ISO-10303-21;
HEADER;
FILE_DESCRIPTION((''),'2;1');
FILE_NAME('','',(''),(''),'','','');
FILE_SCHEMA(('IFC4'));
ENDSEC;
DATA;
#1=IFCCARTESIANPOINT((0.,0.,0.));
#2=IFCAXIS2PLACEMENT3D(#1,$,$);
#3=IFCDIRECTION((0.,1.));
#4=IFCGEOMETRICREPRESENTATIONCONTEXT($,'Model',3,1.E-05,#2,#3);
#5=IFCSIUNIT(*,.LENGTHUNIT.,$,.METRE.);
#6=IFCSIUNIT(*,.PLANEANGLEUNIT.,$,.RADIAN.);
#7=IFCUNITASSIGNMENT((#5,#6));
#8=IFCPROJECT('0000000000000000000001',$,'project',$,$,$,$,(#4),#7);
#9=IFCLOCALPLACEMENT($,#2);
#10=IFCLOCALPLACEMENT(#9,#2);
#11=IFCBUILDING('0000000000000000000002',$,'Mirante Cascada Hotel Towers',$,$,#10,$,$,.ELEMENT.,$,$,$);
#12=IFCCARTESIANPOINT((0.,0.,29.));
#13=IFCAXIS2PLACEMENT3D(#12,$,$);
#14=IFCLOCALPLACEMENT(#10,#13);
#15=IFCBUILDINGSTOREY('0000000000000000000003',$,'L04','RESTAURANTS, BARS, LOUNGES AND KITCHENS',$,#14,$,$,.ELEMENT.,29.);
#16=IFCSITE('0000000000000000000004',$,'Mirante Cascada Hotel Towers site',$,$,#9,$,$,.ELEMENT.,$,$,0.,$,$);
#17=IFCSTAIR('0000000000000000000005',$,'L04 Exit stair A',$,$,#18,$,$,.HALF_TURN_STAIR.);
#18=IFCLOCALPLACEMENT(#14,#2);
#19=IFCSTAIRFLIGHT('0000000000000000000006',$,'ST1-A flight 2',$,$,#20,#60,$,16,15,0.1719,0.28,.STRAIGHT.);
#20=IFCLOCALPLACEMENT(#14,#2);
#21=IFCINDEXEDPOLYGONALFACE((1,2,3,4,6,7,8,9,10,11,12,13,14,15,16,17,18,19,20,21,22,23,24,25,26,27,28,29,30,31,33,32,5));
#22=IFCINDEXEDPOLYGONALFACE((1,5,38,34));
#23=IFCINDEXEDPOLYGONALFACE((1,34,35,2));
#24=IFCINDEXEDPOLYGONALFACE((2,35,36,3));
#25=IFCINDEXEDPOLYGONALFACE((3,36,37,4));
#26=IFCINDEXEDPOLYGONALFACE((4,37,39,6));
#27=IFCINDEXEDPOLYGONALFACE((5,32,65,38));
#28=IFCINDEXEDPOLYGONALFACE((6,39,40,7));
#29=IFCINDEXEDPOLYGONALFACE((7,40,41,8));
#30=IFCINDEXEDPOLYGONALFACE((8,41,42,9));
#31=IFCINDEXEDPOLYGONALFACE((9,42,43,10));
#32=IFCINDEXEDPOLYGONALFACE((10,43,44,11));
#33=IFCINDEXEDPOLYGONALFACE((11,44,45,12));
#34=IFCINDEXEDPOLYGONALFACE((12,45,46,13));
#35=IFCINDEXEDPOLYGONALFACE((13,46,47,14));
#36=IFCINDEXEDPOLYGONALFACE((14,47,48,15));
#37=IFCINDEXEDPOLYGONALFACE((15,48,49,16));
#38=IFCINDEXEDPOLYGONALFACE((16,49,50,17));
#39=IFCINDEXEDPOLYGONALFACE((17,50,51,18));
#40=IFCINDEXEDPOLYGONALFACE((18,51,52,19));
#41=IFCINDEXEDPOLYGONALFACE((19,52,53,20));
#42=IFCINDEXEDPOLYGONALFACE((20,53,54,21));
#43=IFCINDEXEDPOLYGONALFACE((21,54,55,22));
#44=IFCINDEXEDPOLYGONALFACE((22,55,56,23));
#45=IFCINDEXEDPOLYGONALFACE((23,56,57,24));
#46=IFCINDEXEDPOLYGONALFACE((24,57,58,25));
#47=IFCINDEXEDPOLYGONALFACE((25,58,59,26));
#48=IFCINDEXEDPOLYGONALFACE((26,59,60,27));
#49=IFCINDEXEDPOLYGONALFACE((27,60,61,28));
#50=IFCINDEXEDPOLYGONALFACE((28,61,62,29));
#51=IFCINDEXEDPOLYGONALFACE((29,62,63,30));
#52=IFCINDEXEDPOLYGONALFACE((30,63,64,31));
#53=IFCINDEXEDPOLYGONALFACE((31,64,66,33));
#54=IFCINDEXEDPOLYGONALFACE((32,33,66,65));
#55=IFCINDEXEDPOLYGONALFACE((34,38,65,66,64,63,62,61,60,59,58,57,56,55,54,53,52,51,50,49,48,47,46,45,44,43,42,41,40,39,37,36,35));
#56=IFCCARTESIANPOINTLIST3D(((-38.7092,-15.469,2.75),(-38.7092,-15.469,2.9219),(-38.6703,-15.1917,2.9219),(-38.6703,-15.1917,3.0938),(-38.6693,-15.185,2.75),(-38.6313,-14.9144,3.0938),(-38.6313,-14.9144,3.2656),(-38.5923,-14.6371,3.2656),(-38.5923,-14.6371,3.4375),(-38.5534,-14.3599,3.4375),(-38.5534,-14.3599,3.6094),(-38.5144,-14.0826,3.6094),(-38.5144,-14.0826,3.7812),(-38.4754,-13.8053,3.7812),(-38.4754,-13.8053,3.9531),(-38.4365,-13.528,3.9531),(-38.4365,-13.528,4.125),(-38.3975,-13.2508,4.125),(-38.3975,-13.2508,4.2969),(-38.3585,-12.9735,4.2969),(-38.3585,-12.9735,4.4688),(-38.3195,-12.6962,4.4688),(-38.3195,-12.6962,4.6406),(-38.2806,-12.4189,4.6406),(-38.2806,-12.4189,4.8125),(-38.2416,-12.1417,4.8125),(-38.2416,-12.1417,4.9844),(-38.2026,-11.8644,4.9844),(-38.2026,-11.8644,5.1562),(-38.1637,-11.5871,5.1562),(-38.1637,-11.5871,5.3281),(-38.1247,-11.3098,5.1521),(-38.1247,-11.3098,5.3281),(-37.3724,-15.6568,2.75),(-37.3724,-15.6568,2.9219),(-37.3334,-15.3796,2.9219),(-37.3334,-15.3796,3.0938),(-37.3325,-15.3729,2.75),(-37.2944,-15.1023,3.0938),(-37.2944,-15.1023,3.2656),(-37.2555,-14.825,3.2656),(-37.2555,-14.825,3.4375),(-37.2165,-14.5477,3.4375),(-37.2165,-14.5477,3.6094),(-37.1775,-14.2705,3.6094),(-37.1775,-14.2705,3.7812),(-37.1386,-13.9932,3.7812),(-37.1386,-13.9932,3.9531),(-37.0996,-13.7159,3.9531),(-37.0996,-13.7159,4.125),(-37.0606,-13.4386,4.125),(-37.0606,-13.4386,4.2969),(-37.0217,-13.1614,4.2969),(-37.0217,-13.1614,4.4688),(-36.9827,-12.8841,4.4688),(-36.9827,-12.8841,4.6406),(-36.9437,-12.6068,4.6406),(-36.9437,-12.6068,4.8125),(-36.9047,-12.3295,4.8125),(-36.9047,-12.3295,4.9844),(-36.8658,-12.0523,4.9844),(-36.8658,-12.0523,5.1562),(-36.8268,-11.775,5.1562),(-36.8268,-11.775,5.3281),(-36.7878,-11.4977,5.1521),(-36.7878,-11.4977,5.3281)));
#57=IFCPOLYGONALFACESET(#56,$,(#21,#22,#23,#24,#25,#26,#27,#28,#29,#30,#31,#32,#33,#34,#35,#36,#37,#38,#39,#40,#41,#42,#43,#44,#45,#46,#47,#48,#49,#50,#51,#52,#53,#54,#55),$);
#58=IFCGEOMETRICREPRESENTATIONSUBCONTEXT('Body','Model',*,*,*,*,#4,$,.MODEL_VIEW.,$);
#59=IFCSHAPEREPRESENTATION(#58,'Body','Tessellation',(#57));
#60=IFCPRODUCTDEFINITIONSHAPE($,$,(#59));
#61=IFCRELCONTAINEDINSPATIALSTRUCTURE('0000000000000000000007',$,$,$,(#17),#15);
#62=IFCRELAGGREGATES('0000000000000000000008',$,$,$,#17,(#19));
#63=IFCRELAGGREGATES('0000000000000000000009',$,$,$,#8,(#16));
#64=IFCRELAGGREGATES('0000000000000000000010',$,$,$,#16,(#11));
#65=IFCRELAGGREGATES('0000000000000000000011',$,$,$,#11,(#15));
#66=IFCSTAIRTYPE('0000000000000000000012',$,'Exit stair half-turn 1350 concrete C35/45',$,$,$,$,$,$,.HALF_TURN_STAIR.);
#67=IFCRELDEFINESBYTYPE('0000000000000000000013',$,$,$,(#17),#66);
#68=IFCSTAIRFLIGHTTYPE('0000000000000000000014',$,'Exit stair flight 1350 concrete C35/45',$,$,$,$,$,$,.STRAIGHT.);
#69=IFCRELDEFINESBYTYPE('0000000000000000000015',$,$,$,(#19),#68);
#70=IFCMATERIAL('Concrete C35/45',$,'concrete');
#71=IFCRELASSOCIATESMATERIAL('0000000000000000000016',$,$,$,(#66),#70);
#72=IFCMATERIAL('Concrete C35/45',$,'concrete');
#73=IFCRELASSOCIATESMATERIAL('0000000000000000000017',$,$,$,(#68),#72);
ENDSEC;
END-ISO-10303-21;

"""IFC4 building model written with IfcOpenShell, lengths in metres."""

from ifc_helpers import new_model, si_unit, direction, frame, origin, place, context, subcontext, project, spatial, polyline, outline, extrude, material, type_object, element, aggregate, save


model = new_model("IFC4")

# Units and contexts
model_context = context("Model", 3, precision=1e-05, world=origin(), true_north=direction((0.0, 1.0)))
body_context = subcontext(model_context, "Body", "Model", "MODEL_VIEW")
ifc_project = project(units=[si_unit("LENGTHUNIT", "METRE"), si_unit("PLANEANGLEUNIT", "RADIAN")], contexts=[model_context])

# Site, building, storey
site_placement = place(None, origin())
site = spatial("IfcSite", under=ifc_project, at=site_placement, Name="Mirante Cascada Hotel Towers site", CompositionType="ELEMENT", RefElevation=0.0)
building_placement = place(site_placement, origin())
building = spatial("IfcBuilding", under=site, at=building_placement, Name="Mirante Cascada Hotel Towers", CompositionType="ELEMENT")
storey_placement = place(building_placement, frame((0.0, 0.0, 29.0)))
storey = spatial("IfcBuildingStorey", under=building, at=storey_placement, Name="L04", Description="RESTAURANTS, BARS, LOUNGES AND KITCHENS", CompositionType="ELEMENT", Elevation=29.0)

# Stair, stair flight
ifc_material_1 = material(Name="Concrete C35/45", Category="concrete")
stair_type = type_object("IfcStairType", Name="Exit stair half-turn 1350 concrete C35/45", PredefinedType="HALF_TURN_STAIR", material=ifc_material_1)
stair_placement = place(storey_placement, origin())
stair = element("IfcStair", 1, at=stair_placement, inside=storey, type_object=stair_type, Name="L04 Exit stair A", PredefinedType="HALF_TURN_STAIR")
ifc_material_2 = material(Name="Concrete C35/45", Category="concrete")
stair_flight_type = type_object("IfcStairFlightType", Name="Exit stair flight 1350 concrete C35/45", PredefinedType="STRAIGHT", material=ifc_material_2)
stair_flight_placement = place(storey_placement, frame((-38.0408, -15.5629, 2.75), z_axis=(0.0, 0.0, 1.0), x_axis=(0.139173, 0.990268, 0.0)))
stair_flight = element("IfcStairFlight", 2, at=stair_flight_placement, type_object=stair_flight_type, Name="ST1-A flight 2", NumberOfRisers=16, NumberOfTreads=15, PredefinedType="STRAIGHT", RiserHeight=0.1719, TreadLength=0.28, context=body_context, shape_type="SweptSolid", body=[
    extrude(outline(polyline([(0.0, 0.0), (0.0, 0.1719), (0.28, 0.1719), (0.28, 0.3438), (0.56, 0.3438), (0.56, 0.5156), (0.84, 0.5156), (0.84, 0.6875), (1.12, 0.6875), (1.12, 0.8594), (1.4, 0.8594), (1.4, 1.0312), (1.68, 1.0312), (1.68, 1.2031), (1.96, 1.2031), (1.96, 1.375), (2.24, 1.375), (2.24, 1.5469), (2.52, 1.5469), (2.52, 1.7188), (2.8, 1.7188), (2.8, 1.8906), (3.08, 1.8906), (3.08, 2.0625), (3.36, 2.0625), (3.36, 2.2344), (3.64, 2.2344), (3.64, 2.4062), (3.92, 2.4062), (3.92, 2.5781), (4.2, 2.5781), (4.2, 2.75), (4.2, 2.4021), (0.2867, 0.0), (0.0, 0.0)])), frame((0.0, 0.675, 0.0), z_axis=(0.0, -1.0, 0.0), x_axis=(1.0, 0.0, 0.0)), (0.0, 0.0, 1.0), 1.35),
])
aggregate(stair, [stair_flight])

save(model, "model.ifc")
